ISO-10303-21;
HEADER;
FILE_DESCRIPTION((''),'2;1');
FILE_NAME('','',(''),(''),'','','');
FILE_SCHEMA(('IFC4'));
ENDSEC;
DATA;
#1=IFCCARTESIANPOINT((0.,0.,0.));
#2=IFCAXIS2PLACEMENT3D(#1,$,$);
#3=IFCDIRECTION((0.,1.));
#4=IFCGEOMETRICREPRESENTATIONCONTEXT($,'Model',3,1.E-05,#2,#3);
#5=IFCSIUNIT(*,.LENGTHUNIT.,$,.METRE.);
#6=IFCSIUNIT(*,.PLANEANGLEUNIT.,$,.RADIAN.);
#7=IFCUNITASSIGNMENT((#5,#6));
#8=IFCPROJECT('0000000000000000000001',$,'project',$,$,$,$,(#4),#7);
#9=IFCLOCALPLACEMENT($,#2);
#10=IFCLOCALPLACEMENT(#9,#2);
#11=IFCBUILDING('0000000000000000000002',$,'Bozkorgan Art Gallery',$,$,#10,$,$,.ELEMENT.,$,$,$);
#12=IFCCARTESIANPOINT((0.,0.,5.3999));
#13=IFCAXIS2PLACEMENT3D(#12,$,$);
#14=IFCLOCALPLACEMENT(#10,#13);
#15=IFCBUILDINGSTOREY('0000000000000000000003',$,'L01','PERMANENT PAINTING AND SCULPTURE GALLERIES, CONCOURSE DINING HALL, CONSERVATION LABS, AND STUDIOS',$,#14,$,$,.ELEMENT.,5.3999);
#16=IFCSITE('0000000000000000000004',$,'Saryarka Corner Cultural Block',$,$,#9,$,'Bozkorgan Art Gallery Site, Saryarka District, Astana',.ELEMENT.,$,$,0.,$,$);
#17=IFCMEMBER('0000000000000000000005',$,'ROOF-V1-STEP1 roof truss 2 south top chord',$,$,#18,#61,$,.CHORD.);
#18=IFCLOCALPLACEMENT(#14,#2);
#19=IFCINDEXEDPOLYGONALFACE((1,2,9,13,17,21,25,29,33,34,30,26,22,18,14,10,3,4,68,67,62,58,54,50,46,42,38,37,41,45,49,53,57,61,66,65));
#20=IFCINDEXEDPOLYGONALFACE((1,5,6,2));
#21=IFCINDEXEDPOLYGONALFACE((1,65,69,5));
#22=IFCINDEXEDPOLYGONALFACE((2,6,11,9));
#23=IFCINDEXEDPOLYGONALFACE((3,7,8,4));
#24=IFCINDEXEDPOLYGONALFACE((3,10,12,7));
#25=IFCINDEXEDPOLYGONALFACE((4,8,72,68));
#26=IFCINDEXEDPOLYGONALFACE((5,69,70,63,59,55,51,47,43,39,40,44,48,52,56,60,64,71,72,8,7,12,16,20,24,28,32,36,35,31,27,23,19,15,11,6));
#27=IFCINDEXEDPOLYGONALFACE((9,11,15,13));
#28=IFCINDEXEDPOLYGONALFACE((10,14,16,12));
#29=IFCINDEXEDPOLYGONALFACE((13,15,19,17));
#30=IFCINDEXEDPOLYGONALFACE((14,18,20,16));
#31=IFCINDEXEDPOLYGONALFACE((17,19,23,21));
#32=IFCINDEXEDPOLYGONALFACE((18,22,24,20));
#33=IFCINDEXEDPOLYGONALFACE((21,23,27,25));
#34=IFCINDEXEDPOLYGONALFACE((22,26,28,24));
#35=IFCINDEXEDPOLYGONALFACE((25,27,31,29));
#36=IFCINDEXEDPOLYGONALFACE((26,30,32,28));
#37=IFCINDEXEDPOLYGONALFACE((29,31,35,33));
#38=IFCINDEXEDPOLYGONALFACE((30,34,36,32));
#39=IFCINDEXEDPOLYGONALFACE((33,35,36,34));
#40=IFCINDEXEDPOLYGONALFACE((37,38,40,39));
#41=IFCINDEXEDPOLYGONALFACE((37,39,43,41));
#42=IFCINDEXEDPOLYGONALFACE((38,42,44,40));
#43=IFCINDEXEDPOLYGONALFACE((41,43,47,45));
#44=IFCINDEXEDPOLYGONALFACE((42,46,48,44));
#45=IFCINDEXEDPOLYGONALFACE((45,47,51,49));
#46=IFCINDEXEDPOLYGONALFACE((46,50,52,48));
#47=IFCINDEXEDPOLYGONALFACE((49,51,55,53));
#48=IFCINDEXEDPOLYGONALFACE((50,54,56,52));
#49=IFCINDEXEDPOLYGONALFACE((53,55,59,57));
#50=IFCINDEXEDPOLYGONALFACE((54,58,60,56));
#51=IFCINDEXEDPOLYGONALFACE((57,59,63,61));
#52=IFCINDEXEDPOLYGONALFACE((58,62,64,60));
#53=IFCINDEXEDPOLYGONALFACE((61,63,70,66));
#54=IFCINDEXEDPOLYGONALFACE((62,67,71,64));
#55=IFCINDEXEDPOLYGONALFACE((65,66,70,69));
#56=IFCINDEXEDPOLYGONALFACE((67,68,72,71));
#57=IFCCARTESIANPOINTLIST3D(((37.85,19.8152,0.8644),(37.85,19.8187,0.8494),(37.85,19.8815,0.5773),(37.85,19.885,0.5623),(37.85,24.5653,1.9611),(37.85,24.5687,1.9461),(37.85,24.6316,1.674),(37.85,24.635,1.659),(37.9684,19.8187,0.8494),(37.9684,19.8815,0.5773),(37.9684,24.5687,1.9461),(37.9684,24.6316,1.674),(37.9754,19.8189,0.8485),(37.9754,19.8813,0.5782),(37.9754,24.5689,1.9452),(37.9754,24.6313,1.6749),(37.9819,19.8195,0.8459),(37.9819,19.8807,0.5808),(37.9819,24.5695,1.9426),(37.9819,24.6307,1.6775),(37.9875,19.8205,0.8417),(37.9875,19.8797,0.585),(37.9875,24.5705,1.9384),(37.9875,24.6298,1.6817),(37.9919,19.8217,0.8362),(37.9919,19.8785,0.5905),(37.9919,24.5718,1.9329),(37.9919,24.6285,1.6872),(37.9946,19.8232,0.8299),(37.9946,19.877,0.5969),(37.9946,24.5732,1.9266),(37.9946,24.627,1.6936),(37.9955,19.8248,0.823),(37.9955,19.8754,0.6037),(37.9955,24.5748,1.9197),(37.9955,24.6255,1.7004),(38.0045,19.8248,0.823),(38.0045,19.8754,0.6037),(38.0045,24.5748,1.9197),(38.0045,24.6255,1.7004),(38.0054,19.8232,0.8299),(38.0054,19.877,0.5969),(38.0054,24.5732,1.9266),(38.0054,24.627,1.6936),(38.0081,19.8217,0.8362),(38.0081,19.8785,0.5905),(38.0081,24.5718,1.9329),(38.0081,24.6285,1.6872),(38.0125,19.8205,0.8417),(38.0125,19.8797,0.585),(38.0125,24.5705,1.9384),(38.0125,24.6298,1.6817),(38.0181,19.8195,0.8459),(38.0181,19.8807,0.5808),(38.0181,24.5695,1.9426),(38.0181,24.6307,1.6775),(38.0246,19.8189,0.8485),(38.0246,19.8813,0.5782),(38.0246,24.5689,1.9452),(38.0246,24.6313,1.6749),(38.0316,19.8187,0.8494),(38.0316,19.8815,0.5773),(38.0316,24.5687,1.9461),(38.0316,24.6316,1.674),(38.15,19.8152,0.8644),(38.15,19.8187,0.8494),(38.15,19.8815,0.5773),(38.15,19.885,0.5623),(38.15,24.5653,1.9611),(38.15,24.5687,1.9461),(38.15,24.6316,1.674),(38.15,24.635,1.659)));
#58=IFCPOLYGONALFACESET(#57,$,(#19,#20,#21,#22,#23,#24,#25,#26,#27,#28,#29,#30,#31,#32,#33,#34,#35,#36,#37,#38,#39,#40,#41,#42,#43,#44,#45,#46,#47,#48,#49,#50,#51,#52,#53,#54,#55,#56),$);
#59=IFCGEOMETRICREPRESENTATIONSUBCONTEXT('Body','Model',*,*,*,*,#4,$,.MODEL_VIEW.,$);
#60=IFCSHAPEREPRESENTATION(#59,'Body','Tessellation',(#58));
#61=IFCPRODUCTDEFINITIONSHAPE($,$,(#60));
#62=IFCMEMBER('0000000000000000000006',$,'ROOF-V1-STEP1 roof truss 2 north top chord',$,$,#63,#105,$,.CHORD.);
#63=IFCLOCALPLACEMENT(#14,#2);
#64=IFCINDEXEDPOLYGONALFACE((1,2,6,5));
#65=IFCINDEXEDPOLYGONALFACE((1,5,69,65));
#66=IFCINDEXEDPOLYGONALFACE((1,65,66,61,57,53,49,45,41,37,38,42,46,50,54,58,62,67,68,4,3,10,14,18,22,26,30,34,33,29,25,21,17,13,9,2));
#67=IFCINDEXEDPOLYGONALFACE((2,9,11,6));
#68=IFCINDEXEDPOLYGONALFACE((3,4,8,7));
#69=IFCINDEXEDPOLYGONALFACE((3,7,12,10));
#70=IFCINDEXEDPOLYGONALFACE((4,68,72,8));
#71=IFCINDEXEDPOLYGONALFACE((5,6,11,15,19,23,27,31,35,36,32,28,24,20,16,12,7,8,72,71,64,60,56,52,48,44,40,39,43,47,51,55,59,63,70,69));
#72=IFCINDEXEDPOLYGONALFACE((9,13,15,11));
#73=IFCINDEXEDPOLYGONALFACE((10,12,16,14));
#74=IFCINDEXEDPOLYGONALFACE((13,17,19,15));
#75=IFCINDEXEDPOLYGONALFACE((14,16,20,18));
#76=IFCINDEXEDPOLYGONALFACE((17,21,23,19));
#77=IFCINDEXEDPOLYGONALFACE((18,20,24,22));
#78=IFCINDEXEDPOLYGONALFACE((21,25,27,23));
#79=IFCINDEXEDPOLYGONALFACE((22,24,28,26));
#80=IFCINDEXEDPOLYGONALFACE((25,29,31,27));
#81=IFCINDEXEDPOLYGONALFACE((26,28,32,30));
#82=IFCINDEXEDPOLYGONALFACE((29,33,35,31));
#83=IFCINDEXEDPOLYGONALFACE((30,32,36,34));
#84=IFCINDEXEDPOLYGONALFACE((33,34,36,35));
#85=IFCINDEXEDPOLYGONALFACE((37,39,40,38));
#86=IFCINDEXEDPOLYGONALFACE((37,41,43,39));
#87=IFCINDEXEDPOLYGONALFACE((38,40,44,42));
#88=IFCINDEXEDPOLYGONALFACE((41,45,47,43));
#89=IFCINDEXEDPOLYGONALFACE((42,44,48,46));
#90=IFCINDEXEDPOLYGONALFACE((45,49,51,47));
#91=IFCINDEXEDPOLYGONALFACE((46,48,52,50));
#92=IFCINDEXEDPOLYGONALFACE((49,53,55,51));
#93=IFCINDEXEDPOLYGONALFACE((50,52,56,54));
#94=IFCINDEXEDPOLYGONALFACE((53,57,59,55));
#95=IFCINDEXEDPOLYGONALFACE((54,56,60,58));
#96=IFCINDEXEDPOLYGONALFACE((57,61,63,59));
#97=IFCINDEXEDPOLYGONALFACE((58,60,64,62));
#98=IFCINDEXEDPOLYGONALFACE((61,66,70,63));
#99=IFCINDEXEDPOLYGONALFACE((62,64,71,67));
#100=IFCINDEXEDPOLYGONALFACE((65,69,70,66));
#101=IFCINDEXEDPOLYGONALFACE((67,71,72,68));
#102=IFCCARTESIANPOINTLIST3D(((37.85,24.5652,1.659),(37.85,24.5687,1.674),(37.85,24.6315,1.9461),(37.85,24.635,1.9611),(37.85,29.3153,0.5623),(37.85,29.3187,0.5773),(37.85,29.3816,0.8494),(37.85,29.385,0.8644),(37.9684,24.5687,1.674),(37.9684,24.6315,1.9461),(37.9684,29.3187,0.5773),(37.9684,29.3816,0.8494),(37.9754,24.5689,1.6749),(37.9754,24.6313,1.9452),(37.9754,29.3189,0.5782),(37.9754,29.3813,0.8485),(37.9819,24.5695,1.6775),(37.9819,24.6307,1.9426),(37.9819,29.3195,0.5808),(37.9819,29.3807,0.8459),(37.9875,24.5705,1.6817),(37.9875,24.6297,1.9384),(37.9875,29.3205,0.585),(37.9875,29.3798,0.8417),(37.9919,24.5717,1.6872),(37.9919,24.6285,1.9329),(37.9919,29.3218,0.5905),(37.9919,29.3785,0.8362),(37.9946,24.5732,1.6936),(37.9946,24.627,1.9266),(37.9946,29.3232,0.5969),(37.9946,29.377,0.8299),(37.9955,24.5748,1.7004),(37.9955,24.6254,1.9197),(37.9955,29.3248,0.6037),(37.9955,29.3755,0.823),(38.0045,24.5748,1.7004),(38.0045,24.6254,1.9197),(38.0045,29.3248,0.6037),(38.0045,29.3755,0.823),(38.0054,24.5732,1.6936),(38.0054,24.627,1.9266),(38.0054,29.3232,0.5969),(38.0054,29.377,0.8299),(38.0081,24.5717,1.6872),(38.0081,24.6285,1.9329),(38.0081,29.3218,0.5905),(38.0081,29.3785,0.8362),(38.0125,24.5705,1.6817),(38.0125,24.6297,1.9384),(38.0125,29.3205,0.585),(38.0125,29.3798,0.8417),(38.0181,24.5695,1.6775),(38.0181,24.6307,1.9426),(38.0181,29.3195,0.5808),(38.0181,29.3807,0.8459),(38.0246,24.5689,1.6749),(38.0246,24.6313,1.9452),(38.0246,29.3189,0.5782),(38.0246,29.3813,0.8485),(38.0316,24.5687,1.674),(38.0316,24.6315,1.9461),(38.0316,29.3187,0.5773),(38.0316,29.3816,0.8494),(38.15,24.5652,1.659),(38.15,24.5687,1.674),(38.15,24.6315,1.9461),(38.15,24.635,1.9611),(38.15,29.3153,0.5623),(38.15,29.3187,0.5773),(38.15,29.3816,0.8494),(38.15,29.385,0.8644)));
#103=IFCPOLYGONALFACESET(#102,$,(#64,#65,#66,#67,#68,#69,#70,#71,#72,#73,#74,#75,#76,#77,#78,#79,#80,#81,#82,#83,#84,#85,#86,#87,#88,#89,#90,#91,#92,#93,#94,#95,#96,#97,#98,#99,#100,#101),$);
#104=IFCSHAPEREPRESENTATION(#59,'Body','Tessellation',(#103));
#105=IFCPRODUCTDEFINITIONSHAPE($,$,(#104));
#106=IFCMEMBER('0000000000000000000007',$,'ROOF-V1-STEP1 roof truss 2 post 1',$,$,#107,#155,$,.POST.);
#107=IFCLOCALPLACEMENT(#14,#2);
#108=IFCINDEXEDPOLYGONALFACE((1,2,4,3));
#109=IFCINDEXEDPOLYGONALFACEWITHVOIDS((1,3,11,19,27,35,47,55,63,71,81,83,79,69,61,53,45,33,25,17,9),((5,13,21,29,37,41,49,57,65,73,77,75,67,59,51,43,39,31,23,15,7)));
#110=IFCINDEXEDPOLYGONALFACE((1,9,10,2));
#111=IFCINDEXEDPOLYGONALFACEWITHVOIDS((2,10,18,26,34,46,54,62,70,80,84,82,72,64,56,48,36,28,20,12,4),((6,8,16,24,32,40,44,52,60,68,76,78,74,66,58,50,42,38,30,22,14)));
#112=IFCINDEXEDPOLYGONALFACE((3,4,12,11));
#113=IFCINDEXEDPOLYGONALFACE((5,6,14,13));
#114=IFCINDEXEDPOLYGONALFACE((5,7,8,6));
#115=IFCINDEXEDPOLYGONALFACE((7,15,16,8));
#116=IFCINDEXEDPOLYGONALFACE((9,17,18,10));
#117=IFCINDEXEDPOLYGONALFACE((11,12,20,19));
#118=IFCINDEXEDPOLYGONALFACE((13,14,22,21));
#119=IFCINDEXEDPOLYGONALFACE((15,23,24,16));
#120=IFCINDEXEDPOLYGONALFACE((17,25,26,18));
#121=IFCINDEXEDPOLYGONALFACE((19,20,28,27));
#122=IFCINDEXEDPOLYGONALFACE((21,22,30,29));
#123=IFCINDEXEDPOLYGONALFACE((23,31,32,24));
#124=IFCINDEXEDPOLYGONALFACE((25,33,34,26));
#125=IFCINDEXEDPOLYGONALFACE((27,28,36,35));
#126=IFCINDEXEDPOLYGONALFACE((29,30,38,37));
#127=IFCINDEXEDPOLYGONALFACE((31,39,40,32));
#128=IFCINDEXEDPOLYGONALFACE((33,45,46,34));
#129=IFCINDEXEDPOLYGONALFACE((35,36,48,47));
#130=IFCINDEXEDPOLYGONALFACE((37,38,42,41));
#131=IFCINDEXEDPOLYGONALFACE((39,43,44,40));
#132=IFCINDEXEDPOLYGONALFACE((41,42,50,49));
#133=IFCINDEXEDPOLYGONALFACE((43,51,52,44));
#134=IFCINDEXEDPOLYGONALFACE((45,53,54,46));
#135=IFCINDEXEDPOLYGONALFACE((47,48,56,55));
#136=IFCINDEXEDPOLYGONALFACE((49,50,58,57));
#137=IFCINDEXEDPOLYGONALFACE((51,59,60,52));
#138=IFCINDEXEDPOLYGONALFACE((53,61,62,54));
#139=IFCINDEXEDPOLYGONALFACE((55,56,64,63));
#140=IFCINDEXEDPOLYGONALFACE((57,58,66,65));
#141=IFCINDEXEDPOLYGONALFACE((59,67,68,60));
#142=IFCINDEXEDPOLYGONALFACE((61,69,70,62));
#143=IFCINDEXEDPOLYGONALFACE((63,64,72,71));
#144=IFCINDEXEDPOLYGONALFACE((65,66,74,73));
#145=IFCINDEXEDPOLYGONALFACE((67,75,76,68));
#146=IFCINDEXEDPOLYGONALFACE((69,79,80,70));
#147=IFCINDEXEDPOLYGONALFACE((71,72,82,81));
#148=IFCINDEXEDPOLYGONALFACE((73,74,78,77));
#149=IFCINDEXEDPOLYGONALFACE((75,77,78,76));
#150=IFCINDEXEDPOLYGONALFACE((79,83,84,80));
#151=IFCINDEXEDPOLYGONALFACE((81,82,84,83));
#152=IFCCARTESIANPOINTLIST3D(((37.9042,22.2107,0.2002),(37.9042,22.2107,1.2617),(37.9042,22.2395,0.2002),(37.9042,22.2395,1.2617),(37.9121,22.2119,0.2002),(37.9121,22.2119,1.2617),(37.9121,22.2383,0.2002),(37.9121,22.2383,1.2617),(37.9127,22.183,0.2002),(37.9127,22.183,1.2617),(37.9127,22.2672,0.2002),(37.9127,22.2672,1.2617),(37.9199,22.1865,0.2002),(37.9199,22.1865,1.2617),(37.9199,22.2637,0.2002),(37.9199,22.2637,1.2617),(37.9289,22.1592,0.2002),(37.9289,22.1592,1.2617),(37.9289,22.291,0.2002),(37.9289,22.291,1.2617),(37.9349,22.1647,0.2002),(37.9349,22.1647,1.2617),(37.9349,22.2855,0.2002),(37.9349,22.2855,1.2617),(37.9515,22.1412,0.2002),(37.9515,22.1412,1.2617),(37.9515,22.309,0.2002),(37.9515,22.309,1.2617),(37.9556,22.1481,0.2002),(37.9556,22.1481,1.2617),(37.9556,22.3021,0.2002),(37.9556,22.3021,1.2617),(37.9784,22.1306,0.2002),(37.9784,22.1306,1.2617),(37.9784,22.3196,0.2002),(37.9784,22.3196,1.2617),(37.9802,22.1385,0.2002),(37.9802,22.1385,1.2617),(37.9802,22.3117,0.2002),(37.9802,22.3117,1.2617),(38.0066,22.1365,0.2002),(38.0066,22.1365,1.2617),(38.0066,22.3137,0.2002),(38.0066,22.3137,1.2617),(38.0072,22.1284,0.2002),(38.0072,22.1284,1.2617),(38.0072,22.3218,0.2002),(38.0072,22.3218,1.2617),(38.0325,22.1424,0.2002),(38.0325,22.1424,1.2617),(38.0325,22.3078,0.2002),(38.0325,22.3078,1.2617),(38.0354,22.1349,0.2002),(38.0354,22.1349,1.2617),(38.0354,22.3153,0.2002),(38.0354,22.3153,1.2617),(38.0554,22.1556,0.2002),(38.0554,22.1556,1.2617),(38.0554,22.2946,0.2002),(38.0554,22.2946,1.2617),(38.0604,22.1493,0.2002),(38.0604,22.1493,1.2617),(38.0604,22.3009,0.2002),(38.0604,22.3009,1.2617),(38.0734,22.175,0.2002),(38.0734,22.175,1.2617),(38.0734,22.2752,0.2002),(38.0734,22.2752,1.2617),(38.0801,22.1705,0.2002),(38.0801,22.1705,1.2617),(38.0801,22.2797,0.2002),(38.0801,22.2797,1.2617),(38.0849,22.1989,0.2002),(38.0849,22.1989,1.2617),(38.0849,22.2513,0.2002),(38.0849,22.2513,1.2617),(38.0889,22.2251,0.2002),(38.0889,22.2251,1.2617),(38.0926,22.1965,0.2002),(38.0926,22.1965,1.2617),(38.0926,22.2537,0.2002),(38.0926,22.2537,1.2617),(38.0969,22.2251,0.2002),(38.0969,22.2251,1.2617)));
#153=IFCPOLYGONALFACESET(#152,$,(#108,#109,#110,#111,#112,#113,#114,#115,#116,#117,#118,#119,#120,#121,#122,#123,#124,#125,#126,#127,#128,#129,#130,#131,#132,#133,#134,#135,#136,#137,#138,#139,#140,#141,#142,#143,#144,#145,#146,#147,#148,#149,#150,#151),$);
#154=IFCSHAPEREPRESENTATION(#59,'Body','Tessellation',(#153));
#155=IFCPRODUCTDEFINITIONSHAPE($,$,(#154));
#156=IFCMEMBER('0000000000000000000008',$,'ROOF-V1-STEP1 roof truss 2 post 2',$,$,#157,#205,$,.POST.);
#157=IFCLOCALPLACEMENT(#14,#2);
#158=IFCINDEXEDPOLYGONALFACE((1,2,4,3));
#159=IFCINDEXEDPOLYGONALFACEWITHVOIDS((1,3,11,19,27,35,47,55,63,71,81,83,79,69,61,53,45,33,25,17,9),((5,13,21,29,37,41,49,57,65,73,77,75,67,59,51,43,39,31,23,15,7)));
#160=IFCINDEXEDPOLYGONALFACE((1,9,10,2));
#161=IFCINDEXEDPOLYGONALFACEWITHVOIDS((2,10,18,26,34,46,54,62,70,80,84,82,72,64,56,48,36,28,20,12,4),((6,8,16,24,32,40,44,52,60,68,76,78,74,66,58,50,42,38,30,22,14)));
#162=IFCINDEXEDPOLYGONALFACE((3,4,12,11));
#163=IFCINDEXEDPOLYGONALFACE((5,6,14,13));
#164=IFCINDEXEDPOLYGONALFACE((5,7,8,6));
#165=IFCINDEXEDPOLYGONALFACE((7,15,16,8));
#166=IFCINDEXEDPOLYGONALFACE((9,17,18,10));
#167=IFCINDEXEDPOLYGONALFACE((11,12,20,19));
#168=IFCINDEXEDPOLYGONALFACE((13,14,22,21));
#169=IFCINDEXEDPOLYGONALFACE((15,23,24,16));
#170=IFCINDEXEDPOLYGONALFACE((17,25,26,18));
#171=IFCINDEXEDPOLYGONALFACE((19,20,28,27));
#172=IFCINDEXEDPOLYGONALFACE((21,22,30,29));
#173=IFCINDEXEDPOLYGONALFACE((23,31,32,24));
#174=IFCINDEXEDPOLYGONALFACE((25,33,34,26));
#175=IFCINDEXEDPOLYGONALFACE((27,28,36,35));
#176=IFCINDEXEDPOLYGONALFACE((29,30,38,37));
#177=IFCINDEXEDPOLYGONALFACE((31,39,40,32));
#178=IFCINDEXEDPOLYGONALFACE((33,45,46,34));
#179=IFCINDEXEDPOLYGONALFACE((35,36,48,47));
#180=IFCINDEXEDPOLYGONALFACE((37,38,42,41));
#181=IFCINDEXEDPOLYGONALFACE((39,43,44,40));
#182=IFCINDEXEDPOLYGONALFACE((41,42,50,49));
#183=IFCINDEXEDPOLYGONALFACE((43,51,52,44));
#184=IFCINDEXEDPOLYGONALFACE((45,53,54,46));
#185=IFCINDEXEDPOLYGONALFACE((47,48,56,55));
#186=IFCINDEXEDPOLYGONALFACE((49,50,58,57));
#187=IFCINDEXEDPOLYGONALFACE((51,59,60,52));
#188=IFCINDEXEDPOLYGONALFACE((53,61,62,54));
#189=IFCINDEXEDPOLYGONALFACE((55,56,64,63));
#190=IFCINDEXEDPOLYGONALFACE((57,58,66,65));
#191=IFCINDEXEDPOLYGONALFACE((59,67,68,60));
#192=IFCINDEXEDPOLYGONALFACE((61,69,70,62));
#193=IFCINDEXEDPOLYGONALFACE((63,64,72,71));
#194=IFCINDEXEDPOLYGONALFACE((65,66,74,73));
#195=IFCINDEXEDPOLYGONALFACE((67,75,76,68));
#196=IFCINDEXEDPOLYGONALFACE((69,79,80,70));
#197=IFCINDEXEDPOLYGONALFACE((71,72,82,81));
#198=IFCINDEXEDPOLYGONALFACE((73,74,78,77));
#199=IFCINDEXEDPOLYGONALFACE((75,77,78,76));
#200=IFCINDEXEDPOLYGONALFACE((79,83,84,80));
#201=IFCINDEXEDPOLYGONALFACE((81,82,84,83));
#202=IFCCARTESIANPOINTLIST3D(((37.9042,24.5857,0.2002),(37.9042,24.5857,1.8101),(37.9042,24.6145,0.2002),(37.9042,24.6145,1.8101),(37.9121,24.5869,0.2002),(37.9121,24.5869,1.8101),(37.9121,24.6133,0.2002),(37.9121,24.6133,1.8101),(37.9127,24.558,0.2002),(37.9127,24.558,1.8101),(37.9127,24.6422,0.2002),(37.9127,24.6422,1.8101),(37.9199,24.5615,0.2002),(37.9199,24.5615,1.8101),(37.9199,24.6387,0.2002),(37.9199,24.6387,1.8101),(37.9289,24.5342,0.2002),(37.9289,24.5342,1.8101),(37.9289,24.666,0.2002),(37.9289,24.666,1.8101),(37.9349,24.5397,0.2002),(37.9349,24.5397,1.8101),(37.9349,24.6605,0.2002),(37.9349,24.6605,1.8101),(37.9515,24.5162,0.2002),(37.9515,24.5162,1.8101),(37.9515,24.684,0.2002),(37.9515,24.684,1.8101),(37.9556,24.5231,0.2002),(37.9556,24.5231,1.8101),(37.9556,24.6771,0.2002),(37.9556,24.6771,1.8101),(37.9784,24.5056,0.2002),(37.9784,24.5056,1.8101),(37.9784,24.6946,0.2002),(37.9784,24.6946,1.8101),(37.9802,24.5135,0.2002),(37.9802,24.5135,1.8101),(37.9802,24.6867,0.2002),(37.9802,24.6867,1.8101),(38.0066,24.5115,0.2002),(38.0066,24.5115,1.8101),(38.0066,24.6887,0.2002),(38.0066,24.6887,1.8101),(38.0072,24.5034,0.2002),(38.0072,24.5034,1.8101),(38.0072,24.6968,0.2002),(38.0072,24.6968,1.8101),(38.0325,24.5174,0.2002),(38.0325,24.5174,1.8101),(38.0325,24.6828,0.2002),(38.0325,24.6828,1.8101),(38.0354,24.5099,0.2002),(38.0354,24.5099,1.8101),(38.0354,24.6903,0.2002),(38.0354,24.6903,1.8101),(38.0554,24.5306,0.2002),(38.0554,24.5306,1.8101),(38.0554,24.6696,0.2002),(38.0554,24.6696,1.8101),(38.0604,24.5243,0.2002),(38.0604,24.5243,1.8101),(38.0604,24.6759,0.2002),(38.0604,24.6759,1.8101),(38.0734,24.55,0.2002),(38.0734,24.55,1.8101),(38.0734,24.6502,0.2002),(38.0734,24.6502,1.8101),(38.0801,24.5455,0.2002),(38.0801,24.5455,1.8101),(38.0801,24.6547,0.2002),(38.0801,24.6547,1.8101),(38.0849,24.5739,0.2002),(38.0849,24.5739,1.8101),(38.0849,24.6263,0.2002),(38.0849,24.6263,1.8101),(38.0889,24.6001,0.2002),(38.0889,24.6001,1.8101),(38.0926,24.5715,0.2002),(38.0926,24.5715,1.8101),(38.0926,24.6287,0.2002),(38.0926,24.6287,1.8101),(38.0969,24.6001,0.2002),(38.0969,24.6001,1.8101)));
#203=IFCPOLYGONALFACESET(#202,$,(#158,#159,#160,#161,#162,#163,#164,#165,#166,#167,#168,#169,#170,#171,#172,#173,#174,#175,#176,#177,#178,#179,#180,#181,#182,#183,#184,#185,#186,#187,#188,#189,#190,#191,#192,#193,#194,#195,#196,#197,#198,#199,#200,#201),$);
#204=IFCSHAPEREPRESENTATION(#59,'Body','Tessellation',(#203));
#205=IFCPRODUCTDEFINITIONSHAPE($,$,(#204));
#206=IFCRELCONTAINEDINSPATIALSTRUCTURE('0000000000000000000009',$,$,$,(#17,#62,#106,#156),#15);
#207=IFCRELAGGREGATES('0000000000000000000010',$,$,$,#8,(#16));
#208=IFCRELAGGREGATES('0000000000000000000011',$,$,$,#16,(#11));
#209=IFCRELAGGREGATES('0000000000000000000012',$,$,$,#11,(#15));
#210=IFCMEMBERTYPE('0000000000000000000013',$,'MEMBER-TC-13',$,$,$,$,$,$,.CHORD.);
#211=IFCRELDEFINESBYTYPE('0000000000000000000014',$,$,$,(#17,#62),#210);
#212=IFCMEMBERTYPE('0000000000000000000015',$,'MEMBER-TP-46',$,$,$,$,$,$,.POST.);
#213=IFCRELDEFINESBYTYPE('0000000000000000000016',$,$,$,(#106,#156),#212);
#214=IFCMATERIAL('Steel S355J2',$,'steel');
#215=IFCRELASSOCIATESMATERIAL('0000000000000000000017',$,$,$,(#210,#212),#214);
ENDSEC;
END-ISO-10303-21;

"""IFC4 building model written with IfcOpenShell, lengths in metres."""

from ifc_helpers import new_model, si_unit, direction, frame, origin, origin_2d, place, context, subcontext, project, spatial, hollow_circle, i_section, extrude, material, material_profile, profile_set, type_object, element, save


model = new_model("IFC4")

# Units and contexts
model_context = context("Model", 3, precision=1e-05, world=origin(), true_north=direction((0.0, 1.0)))
body_context = subcontext(model_context, "Body", "Model", "MODEL_VIEW")
ifc_project = project(units=[si_unit("LENGTHUNIT", "METRE"), si_unit("PLANEANGLEUNIT", "RADIAN")], contexts=[model_context])

# Site, building, storey
site_placement = place(None, origin())
site = spatial("IfcSite", under=ifc_project, at=site_placement, Name="Saryarka Corner Cultural Block", LongName="Bozkorgan Art Gallery Site, Saryarka District, Astana", CompositionType="ELEMENT", RefElevation=0.0)
building_placement = place(site_placement, origin())
building = spatial("IfcBuilding", under=site, at=building_placement, Name="Bozkorgan Art Gallery", CompositionType="ELEMENT")
storey_placement = place(building_placement, frame((0.0, 0.0, 5.3999)))
storey = spatial("IfcBuildingStorey", under=building, at=storey_placement, Name="L01", Description="PERMANENT PAINTING AND SCULPTURE GALLERIES, CONCOURSE DINING HALL, CONSERVATION LABS, AND STUDIOS", CompositionType="ELEMENT", Elevation=5.3999)

# Members
ifc_material_1 = material(Name="Steel S355J2", Category="steel")
ifc_material_profile_1 = material_profile(ifc_material_1, i_section(OverallWidth=0.3, OverallDepth=0.3101, WebThickness=0.009, FlangeThickness=0.0154, FilletRadius=0.0271, at=origin_2d()), Name="HEA 320")
ifc_profile_set_1 = profile_set([ifc_material_profile_1], Name="Steel S355J2")
member_type_1 = type_object("IfcMemberType", Name="MEMBER-TC-13", PredefinedType="CHORD", material=ifc_profile_set_1)
for number, where, z_axis, x_axis, name in (
    (1, (38.0, 19.8501, 0.7134), (0.0, 0.974368, 0.224962), (-1.0, 0.0, 0.0), "ROOF-V1-STEP1 roof truss 2 south top chord"),
    (2, (38.0, 24.6001, 1.8101), (0.0, 0.974368, -0.224962), (-1.0, 0.0, 0.0), "ROOF-V1-STEP1 roof truss 2 north top chord"),
):
    element("IfcMember", number, at=place(storey_placement, frame(where, z_axis=z_axis, x_axis=x_axis)), inside=storey, type_object=member_type_1, Name=name, PredefinedType="CHORD", context=body_context, shape_type="SweptSolid", body=[
        extrude(i_section(OverallWidth=0.3, OverallDepth=0.3101, WebThickness=0.009, FlangeThickness=0.0154, FilletRadius=0.0271, at=origin_2d()), origin(), (0.0, 0.0, 1.0), 4.875),
    ])
ifc_material_profile_2 = material_profile(ifc_material_1, hollow_circle(Radius=0.0969, WallThickness=0.0081, at=origin_2d()), Name="CHS 193.7x8")
ifc_profile_set_2 = profile_set([ifc_material_profile_2], Name="Steel S355J2")
member_type_2 = type_object("IfcMemberType", Name="MEMBER-TP-46", PredefinedType="POST", material=ifc_profile_set_2)
member_1_placement = place(storey_placement, frame((38.0, 22.2251, 0.2002), z_axis=(0.0, 0.0, 1.0), x_axis=(1.0, 0.0, 0.0)))
element("IfcMember", 3, at=member_1_placement, inside=storey, type_object=member_type_2, Name="ROOF-V1-STEP1 roof truss 2 post 1", PredefinedType="POST", context=body_context, shape_type="SweptSolid", body=[
    extrude(hollow_circle(Radius=0.0969, WallThickness=0.0081, at=origin_2d()), origin(), (0.0, 0.0, 1.0), 1.0615),
])
member_2_placement = place(storey_placement, frame((38.0, 24.6001, 0.2002), z_axis=(0.0, 0.0, 1.0), x_axis=(1.0, 0.0, 0.0)))
element("IfcMember", 4, at=member_2_placement, inside=storey, type_object=member_type_2, Name="ROOF-V1-STEP1 roof truss 2 post 2", PredefinedType="POST", context=body_context, shape_type="SweptSolid", body=[
    extrude(hollow_circle(Radius=0.0969, WallThickness=0.0081, at=origin_2d()), origin(), (0.0, 0.0, 1.0), 1.6099),
])

save(model, "model.ifc")
